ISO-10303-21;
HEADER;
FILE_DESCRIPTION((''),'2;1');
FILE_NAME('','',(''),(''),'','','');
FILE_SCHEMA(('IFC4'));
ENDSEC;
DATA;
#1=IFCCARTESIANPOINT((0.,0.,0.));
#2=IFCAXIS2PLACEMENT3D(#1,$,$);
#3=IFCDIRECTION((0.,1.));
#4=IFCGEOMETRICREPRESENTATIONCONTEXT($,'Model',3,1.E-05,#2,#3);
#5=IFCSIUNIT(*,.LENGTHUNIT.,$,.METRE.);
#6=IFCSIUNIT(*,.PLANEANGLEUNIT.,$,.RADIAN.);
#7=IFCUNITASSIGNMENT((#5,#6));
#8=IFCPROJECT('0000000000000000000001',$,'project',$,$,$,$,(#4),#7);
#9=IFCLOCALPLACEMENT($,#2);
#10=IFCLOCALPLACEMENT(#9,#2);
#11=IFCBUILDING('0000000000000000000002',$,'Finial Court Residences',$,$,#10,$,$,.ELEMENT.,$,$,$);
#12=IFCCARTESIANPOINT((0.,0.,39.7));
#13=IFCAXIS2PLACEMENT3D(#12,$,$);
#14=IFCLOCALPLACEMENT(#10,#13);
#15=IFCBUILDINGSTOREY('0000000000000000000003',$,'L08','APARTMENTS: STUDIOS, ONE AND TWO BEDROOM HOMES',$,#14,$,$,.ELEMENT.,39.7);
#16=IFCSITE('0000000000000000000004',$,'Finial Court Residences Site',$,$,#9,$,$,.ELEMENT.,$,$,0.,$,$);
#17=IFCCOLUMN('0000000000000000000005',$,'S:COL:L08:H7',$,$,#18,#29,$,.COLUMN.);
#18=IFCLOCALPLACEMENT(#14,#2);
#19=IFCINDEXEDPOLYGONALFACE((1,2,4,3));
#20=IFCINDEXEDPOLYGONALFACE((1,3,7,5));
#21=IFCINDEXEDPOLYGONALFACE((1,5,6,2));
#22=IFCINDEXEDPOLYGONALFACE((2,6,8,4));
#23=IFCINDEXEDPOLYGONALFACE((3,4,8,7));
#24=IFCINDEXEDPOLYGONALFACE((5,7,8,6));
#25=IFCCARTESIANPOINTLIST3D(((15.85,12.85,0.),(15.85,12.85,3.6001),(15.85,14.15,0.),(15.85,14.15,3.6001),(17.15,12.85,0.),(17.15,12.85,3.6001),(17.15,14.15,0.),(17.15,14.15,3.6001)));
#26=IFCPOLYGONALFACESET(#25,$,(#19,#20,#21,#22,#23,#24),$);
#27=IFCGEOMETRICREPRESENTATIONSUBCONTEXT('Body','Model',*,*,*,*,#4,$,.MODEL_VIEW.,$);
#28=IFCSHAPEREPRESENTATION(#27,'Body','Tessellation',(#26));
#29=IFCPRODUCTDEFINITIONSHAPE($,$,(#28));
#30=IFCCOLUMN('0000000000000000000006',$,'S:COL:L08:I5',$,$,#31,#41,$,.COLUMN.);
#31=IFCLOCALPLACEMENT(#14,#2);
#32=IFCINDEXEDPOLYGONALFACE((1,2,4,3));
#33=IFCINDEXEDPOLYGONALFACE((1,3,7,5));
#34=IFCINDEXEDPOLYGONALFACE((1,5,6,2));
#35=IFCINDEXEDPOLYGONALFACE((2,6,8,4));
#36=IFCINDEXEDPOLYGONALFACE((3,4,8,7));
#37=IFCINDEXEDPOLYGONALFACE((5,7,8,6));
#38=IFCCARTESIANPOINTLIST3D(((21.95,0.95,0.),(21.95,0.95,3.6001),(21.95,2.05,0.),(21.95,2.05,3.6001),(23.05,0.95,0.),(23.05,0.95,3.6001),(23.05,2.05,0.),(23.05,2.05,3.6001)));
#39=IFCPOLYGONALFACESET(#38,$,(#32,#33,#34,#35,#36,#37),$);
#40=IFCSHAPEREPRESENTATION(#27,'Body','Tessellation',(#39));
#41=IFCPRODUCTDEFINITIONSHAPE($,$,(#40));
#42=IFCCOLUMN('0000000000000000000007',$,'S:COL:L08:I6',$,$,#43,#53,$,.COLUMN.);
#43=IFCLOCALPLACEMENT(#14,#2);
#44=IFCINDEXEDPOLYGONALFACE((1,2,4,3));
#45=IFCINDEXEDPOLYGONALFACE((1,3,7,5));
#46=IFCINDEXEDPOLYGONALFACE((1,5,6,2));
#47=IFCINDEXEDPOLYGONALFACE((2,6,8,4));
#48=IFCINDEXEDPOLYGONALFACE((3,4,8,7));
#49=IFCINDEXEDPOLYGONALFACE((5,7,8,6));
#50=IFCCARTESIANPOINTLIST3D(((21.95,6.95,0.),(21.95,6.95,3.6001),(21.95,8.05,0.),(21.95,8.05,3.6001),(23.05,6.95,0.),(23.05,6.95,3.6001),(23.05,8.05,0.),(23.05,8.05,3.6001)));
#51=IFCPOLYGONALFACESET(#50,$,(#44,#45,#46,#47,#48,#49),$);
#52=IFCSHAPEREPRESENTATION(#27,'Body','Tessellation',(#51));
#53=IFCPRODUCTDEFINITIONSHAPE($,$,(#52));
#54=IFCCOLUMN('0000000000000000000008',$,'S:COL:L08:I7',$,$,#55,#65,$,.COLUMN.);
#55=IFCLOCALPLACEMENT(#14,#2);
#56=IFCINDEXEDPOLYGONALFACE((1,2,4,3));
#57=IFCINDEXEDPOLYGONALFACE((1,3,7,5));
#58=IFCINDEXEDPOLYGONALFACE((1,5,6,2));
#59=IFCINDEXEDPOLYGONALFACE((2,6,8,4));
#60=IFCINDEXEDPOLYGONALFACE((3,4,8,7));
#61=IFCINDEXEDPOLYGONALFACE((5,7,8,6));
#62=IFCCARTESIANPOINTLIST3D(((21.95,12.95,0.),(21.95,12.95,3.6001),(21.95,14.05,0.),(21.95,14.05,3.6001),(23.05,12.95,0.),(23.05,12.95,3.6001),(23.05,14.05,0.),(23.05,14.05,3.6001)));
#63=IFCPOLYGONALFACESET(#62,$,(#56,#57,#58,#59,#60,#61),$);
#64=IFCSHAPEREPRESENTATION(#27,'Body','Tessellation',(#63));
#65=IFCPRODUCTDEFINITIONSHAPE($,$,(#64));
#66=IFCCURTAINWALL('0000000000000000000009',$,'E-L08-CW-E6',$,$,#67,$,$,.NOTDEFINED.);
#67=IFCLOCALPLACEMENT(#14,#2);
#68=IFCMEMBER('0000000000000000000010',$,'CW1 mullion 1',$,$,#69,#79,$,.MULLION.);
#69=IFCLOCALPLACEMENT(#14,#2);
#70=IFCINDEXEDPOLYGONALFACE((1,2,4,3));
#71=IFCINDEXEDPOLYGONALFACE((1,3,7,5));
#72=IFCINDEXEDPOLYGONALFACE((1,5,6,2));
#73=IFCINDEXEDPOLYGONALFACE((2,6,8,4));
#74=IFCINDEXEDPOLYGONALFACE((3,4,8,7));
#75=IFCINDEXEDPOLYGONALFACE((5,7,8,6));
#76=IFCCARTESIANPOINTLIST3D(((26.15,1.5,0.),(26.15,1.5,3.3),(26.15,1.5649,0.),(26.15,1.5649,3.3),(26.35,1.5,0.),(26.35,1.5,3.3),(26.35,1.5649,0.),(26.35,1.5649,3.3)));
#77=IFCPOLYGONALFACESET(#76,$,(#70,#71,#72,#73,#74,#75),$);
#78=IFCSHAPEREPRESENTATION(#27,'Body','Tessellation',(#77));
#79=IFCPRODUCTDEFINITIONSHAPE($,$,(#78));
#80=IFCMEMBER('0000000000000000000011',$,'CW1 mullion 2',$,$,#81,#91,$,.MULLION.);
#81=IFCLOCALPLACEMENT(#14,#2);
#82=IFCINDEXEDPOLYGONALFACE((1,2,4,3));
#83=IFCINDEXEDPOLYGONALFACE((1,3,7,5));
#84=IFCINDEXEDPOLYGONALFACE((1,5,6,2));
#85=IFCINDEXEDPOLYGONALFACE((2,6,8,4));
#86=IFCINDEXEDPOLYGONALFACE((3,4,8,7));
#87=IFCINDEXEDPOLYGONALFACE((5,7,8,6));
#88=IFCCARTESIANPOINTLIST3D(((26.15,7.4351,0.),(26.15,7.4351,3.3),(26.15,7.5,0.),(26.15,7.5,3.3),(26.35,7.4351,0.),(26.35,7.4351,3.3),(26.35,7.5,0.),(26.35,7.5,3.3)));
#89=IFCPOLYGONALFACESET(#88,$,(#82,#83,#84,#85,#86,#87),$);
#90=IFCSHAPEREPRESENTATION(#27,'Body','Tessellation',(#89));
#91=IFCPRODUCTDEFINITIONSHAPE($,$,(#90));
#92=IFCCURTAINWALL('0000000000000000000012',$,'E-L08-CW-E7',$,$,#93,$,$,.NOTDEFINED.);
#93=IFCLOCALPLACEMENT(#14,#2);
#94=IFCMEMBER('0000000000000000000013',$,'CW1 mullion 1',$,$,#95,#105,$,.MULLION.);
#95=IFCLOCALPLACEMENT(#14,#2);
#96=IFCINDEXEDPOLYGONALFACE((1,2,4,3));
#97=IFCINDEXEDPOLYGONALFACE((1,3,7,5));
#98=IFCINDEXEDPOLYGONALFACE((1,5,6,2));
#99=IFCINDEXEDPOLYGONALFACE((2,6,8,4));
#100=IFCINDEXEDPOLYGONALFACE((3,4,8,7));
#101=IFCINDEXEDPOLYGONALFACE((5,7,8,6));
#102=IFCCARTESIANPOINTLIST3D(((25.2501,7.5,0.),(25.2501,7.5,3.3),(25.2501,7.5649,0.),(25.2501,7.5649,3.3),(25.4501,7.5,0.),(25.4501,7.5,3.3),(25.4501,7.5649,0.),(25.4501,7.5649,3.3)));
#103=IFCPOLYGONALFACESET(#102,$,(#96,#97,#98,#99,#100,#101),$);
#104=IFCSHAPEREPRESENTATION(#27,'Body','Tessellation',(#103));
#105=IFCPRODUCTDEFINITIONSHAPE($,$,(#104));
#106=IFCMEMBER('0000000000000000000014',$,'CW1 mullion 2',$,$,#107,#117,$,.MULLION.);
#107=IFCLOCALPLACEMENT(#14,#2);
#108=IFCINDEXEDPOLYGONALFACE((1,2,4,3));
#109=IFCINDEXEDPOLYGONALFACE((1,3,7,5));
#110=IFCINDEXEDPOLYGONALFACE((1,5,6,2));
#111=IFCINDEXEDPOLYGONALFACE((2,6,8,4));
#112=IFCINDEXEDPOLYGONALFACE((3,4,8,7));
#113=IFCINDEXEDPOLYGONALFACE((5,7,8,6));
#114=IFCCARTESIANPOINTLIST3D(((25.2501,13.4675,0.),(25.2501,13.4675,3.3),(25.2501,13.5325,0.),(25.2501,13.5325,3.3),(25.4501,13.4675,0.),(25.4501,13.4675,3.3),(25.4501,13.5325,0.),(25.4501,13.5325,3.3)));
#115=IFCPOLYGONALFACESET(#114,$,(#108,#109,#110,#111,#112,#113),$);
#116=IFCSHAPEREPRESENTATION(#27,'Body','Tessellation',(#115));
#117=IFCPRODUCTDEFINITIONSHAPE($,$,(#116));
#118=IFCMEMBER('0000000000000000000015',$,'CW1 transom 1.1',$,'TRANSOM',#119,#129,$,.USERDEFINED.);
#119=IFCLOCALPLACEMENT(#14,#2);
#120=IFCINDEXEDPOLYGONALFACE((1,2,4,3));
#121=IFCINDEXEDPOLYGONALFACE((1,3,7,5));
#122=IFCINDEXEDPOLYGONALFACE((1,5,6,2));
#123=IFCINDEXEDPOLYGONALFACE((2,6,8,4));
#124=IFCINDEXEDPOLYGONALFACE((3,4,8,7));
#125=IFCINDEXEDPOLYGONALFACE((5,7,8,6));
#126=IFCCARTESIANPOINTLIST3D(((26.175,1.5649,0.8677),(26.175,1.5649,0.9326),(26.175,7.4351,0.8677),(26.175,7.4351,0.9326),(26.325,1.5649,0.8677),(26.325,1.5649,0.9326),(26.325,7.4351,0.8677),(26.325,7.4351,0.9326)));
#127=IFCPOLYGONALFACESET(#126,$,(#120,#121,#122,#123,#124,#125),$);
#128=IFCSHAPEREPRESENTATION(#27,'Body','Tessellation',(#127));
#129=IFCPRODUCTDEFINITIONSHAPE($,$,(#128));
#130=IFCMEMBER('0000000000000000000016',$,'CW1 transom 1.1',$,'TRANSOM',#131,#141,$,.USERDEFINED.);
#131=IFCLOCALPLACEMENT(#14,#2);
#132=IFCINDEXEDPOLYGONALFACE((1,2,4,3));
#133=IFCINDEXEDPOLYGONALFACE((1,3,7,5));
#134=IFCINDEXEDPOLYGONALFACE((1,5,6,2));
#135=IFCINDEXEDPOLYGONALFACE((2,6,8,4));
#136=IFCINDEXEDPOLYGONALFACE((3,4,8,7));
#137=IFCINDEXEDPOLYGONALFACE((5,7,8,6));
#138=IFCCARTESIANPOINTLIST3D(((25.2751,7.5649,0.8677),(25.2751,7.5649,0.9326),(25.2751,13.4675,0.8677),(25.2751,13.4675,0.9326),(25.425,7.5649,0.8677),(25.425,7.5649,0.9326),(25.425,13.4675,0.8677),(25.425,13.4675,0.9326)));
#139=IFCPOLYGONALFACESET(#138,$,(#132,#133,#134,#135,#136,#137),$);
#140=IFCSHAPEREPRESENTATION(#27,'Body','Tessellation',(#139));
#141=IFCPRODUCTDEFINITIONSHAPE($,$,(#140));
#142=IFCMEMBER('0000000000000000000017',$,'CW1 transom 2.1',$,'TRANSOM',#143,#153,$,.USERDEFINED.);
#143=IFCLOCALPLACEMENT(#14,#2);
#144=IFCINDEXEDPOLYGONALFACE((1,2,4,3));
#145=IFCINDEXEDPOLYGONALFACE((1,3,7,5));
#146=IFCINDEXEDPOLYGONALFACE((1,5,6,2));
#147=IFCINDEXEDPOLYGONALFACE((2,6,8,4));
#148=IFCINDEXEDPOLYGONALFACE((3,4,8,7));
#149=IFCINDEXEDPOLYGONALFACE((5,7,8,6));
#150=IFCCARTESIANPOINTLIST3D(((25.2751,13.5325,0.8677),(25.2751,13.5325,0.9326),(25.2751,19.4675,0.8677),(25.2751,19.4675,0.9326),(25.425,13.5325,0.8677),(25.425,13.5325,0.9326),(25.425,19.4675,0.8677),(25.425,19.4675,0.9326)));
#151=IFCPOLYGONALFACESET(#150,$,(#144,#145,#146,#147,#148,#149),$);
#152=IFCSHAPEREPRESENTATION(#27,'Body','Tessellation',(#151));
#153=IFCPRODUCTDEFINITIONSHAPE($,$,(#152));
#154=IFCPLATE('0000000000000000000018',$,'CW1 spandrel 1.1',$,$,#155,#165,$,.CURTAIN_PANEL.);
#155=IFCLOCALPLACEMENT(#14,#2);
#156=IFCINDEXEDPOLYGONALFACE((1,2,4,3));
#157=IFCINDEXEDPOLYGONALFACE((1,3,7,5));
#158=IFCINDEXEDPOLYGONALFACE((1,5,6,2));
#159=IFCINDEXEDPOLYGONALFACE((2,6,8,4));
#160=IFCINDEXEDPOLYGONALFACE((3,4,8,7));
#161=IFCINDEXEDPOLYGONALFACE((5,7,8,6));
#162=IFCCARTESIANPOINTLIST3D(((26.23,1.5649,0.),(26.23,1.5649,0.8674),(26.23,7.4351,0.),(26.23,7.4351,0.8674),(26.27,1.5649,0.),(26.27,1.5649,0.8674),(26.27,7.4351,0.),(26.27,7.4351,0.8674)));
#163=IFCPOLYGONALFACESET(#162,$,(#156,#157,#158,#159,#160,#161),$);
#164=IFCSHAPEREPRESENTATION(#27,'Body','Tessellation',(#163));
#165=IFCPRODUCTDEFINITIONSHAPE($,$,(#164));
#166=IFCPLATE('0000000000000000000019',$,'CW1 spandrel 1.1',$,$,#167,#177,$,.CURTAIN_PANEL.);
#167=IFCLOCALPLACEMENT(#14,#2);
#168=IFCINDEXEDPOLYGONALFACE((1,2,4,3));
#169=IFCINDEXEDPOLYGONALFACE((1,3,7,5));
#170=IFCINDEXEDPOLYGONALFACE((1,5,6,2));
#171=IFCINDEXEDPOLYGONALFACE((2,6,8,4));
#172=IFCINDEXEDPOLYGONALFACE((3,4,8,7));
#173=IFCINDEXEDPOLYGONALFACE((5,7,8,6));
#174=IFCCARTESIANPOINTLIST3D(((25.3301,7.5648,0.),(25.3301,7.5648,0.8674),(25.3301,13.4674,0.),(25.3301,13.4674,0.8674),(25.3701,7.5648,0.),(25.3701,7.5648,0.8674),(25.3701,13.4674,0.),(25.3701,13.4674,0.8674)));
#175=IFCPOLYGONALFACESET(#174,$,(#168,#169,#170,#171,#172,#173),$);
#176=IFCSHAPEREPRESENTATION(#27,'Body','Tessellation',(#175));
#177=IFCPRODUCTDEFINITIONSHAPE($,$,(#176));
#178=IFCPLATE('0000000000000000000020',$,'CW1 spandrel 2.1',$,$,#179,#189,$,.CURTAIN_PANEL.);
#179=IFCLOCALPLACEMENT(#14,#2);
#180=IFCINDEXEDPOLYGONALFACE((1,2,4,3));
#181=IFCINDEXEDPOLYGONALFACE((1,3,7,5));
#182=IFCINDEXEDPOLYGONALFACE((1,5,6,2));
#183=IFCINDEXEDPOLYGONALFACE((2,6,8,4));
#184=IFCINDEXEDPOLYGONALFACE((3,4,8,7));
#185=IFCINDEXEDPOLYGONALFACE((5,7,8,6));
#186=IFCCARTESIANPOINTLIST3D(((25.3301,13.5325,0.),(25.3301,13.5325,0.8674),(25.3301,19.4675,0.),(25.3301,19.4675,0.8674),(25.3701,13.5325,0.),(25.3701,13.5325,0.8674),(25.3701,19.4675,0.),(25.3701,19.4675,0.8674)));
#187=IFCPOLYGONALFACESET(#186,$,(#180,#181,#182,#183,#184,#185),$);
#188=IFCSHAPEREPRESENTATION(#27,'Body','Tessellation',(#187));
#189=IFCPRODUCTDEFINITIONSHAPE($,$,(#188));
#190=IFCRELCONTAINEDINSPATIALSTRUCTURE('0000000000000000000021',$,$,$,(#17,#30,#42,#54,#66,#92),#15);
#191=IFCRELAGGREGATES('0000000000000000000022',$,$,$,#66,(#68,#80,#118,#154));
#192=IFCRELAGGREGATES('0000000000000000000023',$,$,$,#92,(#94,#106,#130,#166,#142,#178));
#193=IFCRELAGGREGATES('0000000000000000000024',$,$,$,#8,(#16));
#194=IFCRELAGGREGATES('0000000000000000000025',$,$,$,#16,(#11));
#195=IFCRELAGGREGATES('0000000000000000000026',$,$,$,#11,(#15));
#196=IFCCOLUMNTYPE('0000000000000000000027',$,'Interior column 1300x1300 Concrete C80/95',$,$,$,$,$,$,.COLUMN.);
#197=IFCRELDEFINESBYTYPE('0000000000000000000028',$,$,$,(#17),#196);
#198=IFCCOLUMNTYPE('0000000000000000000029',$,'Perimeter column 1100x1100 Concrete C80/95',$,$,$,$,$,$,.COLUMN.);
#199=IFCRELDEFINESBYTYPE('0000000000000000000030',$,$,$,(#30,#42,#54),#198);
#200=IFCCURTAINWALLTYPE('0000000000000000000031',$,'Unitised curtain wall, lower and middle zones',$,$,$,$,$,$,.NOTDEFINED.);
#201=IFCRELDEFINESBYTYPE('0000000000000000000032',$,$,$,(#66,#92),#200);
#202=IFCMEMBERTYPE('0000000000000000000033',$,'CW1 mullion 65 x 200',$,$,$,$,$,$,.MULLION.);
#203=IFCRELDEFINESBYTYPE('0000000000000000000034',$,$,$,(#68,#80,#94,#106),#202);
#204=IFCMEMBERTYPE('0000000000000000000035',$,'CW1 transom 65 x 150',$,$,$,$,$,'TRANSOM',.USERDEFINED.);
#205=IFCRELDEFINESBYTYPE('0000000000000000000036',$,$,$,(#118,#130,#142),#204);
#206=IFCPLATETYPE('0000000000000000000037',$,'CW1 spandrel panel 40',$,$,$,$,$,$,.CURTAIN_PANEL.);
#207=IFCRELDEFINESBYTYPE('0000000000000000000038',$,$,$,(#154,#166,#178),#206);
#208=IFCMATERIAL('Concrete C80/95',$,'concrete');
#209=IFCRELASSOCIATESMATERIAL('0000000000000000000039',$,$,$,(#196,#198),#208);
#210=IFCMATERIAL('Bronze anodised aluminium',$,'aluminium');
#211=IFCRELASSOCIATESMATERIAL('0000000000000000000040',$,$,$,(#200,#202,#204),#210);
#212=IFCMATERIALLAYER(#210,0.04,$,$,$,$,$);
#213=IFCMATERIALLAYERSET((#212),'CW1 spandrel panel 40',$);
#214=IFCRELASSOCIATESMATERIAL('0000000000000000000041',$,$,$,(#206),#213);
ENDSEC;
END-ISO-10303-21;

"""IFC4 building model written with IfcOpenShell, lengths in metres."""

from ifc_helpers import new_model, si_unit, direction, frame, origin, origin_2d, place, context, subcontext, project, spatial, rectangle, extrude, material, layer, layer_set, material_profile, profile_set, type_object, element, aggregate, save


model = new_model("IFC4")

# Units and contexts
model_context = context("Model", 3, precision=1e-05, world=origin(), true_north=direction((0.0, 1.0)))
body_context = subcontext(model_context, "Body", "Model", "MODEL_VIEW")
ifc_project = project(units=[si_unit("LENGTHUNIT", "METRE"), si_unit("PLANEANGLEUNIT", "RADIAN")], contexts=[model_context])

# Site, building, storey
site_placement = place(None, origin())
site = spatial("IfcSite", under=ifc_project, at=site_placement, Name="Finial Court Residences Site", CompositionType="ELEMENT", RefElevation=0.0)
building_placement = place(site_placement, origin())
building = spatial("IfcBuilding", under=site, at=building_placement, Name="Finial Court Residences", CompositionType="ELEMENT")
storey_placement = place(building_placement, frame((0.0, 0.0, 39.7)))
storey = spatial("IfcBuildingStorey", under=building, at=storey_placement, Name="L08", Description="APARTMENTS: STUDIOS, ONE AND TWO BEDROOM HOMES", CompositionType="ELEMENT", Elevation=39.7)

# Columns
ifc_material_1 = material(Name="Concrete C80/95", Category="concrete")
ifc_material_profile_1 = material_profile(ifc_material_1, rectangle(XDim=1.3, YDim=1.3, at=origin_2d()), Name="1300x1300")
ifc_profile_set_1 = profile_set([ifc_material_profile_1], Name="Concrete C80/95")
column_type_1 = type_object("IfcColumnType", Name="Interior column 1300x1300 Concrete C80/95", PredefinedType="COLUMN", material=ifc_profile_set_1)
column_placement = place(storey_placement, frame((16.5, 13.5, 0.0), z_axis=(0.0, 0.0, 1.0), x_axis=(1.0, 0.0, 0.0)))
element("IfcColumn", 1, at=column_placement, inside=storey, type_object=column_type_1, Name="S:COL:L08:H7", PredefinedType="COLUMN", context=body_context, shape_type="SweptSolid", body=[
    extrude(rectangle(XDim=1.3, YDim=1.3, at=origin_2d()), origin(), (0.0, 0.0, 1.0), 3.6001),
])
ifc_material_profile_2 = material_profile(ifc_material_1, rectangle(XDim=1.1001, YDim=1.1001, at=origin_2d()), Name="1100x1100")
ifc_profile_set_2 = profile_set([ifc_material_profile_2], Name="Concrete C80/95")
column_type_2 = type_object("IfcColumnType", Name="Perimeter column 1100x1100 Concrete C80/95", PredefinedType="COLUMN", material=ifc_profile_set_2)
for number, where, z_axis, x_axis, name in (
    (2, (22.5, 1.5, 0.0), (0.0, 0.0, 1.0), (1.0, 0.0, 0.0), "S:COL:L08:I5"),
    (3, (22.5, 7.5, 0.0), (0.0, 0.0, 1.0), (1.0, 0.0, 0.0), "S:COL:L08:I6"),
    (4, (22.5, 13.5, 0.0), (0.0, 0.0, 1.0), (1.0, 0.0, 0.0), "S:COL:L08:I7"),
):
    element("IfcColumn", number, at=place(storey_placement, frame(where, z_axis=z_axis, x_axis=x_axis)), inside=storey, type_object=column_type_2, Name=name, PredefinedType="COLUMN", context=body_context, shape_type="SweptSolid", body=[
        extrude(rectangle(XDim=1.1001, YDim=1.1001, at=origin_2d()), origin(), (0.0, 0.0, 1.0), 3.6001),
    ])

# Curtain walls, members
ifc_material_2 = material(Name="Bronze anodised aluminium", Category="aluminium")
curtain_wall_type = type_object("IfcCurtainWallType", Name="Unitised curtain wall, lower and middle zones", PredefinedType="NOTDEFINED", material=ifc_material_2)
curtain_wall_1_placement = place(storey_placement, origin())
curtain_wall_1 = element("IfcCurtainWall", 5, at=curtain_wall_1_placement, inside=storey, type_object=curtain_wall_type, Name="E-L08-CW-E6", PredefinedType="NOTDEFINED")
ifc_material_profile_3 = material_profile(ifc_material_2, rectangle(XDim=0.2, YDim=0.0649, at=origin_2d()), Name="CW1 mullion 65 x 200")
ifc_profile_set_3 = profile_set([ifc_material_profile_3], Name="Bronze anodised aluminium")
member_type_1 = type_object("IfcMemberType", Name="CW1 mullion 65 x 200", PredefinedType="MULLION", material=ifc_profile_set_3)
member_1_placement = place(storey_placement, frame((26.25, 1.5325, 0.0), z_axis=(0.0, 0.0, 1.0), x_axis=(-1.0, 0.0, 0.0)))
member_1 = element("IfcMember", 6, at=member_1_placement, type_object=member_type_1, Name="CW1 mullion 1", PredefinedType="MULLION", context=body_context, shape_type="SweptSolid", body=[
    extrude(rectangle(XDim=0.2, YDim=0.0649, at=origin_2d()), origin(), (0.0, 0.0, 1.0), 3.3),
])
member_2_placement = place(storey_placement, frame((26.25, 7.4675, 0.0), z_axis=(0.0, 0.0, 1.0), x_axis=(-1.0, 0.0, 0.0)))
member_2 = element("IfcMember", 7, at=member_2_placement, type_object=member_type_1, Name="CW1 mullion 2", PredefinedType="MULLION", context=body_context, shape_type="SweptSolid", body=[
    extrude(rectangle(XDim=0.2, YDim=0.0649, at=origin_2d()), origin(), (0.0, 0.0, 1.0), 3.3),
])
curtain_wall_2_placement = place(storey_placement, origin())
curtain_wall_2 = element("IfcCurtainWall", 8, at=curtain_wall_2_placement, inside=storey, type_object=curtain_wall_type, Name="E-L08-CW-E7", PredefinedType="NOTDEFINED")
member_3_placement = place(storey_placement, frame((25.3501, 7.5325, 0.0), z_axis=(0.0, 0.0, 1.0), x_axis=(-1.0, 0.0, 0.0)))
member_3 = element("IfcMember", 9, at=member_3_placement, type_object=member_type_1, Name="CW1 mullion 1", PredefinedType="MULLION", context=body_context, shape_type="SweptSolid", body=[
    extrude(rectangle(XDim=0.2, YDim=0.0649, at=origin_2d()), origin(), (0.0, 0.0, 1.0), 3.3),
])
member_4_placement = place(storey_placement, frame((25.3501, 13.5, 0.0), z_axis=(0.0, 0.0, 1.0), x_axis=(-1.0, 0.0, 0.0)))
member_4 = element("IfcMember", 10, at=member_4_placement, type_object=member_type_1, Name="CW1 mullion 2", PredefinedType="MULLION", context=body_context, shape_type="SweptSolid", body=[
    extrude(rectangle(XDim=0.2, YDim=0.0649, at=origin_2d()), origin(), (0.0, 0.0, 1.0), 3.3),
])

# Members
ifc_material_profile_4 = material_profile(ifc_material_2, rectangle(XDim=0.1499, YDim=0.0649, at=origin_2d()), Name="CW1 transom 65 x 150")
ifc_profile_set_4 = profile_set([ifc_material_profile_4], Name="Bronze anodised aluminium")
member_type_2 = type_object("IfcMemberType", Name="CW1 transom 65 x 150", ElementType="TRANSOM", PredefinedType="USERDEFINED", material=ifc_profile_set_4)
member_5_placement = place(storey_placement, frame((26.25, 1.5649, 0.9001), z_axis=(0.0, 1.0, 0.0), x_axis=(-1.0, 0.0, 0.0)))
member_5 = element("IfcMember", 11, at=member_5_placement, type_object=member_type_2, Name="CW1 transom 1.1", ObjectType="TRANSOM", PredefinedType="USERDEFINED", context=body_context, shape_type="SweptSolid", body=[
    extrude(rectangle(XDim=0.1499, YDim=0.0649, at=origin_2d()), origin(), (0.0, 0.0, 1.0), 5.8701),
])
member_6_placement = place(storey_placement, frame((25.3501, 7.5649, 0.9001), z_axis=(0.0, 1.0, 0.0), x_axis=(-1.0, 0.0, 0.0)))
member_6 = element("IfcMember", 12, at=member_6_placement, type_object=member_type_2, Name="CW1 transom 1.1", ObjectType="TRANSOM", PredefinedType="USERDEFINED", context=body_context, shape_type="SweptSolid", body=[
    extrude(rectangle(XDim=0.1499, YDim=0.0649, at=origin_2d()), origin(), (0.0, 0.0, 1.0), 5.9026),
])
member_7_placement = place(storey_placement, frame((25.3501, 13.5325, 0.9001), z_axis=(0.0, 1.0, 0.0), x_axis=(-1.0, 0.0, 0.0)))
member_7 = element("IfcMember", 13, at=member_7_placement, type_object=member_type_2, Name="CW1 transom 2.1", ObjectType="TRANSOM", PredefinedType="USERDEFINED", context=body_context, shape_type="SweptSolid", body=[
    extrude(rectangle(XDim=0.1499, YDim=0.0649, at=origin_2d()), origin(), (0.0, 0.0, 1.0), 5.9351),
])

# Plates
ifc_layer_1 = layer(ifc_material_2, 0.04)
ifc_layer_set_1 = layer_set([ifc_layer_1], Name="CW1 spandrel panel 40")
plate_type_1 = type_object("IfcPlateType", Name="CW1 spandrel panel 40", PredefinedType="CURTAIN_PANEL", material=ifc_layer_set_1)
plate_1_placement = place(storey_placement, frame((26.25, 4.5, 0.0), z_axis=(0.0, 0.0, 1.0), x_axis=(0.0, 1.0, 0.0)))
plate_1 = element("IfcPlate", 14, at=plate_1_placement, type_object=plate_type_1, Name="CW1 spandrel 1.1", PredefinedType="CURTAIN_PANEL", context=body_context, shape_type="SweptSolid", body=[
    extrude(rectangle(XDim=5.8701, YDim=0.04, at=origin_2d()), origin(), (0.0, 0.0, 1.0), 0.8674),
])
plate_2_placement = place(storey_placement, frame((25.3501, 10.5161, 0.0), z_axis=(0.0, 0.0, 1.0), x_axis=(0.0, 1.0, 0.0)))
plate_2 = element("IfcPlate", 15, at=plate_2_placement, type_object=plate_type_1, Name="CW1 spandrel 1.1", PredefinedType="CURTAIN_PANEL", context=body_context, shape_type="SweptSolid", body=[
    extrude(rectangle(XDim=5.9026, YDim=0.04, at=origin_2d()), origin(), (0.0, 0.0, 1.0), 0.8674),
])
plate_3_placement = place(storey_placement, frame((25.3501, 16.5, 0.0), z_axis=(0.0, 0.0, 1.0), x_axis=(0.0, 1.0, 0.0)))
plate_3 = element("IfcPlate", 16, at=plate_3_placement, type_object=plate_type_1, Name="CW1 spandrel 2.1", PredefinedType="CURTAIN_PANEL", context=body_context, shape_type="SweptSolid", body=[
    extrude(rectangle(XDim=5.9351, YDim=0.04, at=origin_2d()), origin(), (0.0, 0.0, 1.0), 0.8674),
])
aggregate(curtain_wall_1, [member_1, member_2, member_5, plate_1])
aggregate(curtain_wall_2, [member_3, member_4, member_6, plate_2, member_7, plate_3])

save(model, "model.ifc")
